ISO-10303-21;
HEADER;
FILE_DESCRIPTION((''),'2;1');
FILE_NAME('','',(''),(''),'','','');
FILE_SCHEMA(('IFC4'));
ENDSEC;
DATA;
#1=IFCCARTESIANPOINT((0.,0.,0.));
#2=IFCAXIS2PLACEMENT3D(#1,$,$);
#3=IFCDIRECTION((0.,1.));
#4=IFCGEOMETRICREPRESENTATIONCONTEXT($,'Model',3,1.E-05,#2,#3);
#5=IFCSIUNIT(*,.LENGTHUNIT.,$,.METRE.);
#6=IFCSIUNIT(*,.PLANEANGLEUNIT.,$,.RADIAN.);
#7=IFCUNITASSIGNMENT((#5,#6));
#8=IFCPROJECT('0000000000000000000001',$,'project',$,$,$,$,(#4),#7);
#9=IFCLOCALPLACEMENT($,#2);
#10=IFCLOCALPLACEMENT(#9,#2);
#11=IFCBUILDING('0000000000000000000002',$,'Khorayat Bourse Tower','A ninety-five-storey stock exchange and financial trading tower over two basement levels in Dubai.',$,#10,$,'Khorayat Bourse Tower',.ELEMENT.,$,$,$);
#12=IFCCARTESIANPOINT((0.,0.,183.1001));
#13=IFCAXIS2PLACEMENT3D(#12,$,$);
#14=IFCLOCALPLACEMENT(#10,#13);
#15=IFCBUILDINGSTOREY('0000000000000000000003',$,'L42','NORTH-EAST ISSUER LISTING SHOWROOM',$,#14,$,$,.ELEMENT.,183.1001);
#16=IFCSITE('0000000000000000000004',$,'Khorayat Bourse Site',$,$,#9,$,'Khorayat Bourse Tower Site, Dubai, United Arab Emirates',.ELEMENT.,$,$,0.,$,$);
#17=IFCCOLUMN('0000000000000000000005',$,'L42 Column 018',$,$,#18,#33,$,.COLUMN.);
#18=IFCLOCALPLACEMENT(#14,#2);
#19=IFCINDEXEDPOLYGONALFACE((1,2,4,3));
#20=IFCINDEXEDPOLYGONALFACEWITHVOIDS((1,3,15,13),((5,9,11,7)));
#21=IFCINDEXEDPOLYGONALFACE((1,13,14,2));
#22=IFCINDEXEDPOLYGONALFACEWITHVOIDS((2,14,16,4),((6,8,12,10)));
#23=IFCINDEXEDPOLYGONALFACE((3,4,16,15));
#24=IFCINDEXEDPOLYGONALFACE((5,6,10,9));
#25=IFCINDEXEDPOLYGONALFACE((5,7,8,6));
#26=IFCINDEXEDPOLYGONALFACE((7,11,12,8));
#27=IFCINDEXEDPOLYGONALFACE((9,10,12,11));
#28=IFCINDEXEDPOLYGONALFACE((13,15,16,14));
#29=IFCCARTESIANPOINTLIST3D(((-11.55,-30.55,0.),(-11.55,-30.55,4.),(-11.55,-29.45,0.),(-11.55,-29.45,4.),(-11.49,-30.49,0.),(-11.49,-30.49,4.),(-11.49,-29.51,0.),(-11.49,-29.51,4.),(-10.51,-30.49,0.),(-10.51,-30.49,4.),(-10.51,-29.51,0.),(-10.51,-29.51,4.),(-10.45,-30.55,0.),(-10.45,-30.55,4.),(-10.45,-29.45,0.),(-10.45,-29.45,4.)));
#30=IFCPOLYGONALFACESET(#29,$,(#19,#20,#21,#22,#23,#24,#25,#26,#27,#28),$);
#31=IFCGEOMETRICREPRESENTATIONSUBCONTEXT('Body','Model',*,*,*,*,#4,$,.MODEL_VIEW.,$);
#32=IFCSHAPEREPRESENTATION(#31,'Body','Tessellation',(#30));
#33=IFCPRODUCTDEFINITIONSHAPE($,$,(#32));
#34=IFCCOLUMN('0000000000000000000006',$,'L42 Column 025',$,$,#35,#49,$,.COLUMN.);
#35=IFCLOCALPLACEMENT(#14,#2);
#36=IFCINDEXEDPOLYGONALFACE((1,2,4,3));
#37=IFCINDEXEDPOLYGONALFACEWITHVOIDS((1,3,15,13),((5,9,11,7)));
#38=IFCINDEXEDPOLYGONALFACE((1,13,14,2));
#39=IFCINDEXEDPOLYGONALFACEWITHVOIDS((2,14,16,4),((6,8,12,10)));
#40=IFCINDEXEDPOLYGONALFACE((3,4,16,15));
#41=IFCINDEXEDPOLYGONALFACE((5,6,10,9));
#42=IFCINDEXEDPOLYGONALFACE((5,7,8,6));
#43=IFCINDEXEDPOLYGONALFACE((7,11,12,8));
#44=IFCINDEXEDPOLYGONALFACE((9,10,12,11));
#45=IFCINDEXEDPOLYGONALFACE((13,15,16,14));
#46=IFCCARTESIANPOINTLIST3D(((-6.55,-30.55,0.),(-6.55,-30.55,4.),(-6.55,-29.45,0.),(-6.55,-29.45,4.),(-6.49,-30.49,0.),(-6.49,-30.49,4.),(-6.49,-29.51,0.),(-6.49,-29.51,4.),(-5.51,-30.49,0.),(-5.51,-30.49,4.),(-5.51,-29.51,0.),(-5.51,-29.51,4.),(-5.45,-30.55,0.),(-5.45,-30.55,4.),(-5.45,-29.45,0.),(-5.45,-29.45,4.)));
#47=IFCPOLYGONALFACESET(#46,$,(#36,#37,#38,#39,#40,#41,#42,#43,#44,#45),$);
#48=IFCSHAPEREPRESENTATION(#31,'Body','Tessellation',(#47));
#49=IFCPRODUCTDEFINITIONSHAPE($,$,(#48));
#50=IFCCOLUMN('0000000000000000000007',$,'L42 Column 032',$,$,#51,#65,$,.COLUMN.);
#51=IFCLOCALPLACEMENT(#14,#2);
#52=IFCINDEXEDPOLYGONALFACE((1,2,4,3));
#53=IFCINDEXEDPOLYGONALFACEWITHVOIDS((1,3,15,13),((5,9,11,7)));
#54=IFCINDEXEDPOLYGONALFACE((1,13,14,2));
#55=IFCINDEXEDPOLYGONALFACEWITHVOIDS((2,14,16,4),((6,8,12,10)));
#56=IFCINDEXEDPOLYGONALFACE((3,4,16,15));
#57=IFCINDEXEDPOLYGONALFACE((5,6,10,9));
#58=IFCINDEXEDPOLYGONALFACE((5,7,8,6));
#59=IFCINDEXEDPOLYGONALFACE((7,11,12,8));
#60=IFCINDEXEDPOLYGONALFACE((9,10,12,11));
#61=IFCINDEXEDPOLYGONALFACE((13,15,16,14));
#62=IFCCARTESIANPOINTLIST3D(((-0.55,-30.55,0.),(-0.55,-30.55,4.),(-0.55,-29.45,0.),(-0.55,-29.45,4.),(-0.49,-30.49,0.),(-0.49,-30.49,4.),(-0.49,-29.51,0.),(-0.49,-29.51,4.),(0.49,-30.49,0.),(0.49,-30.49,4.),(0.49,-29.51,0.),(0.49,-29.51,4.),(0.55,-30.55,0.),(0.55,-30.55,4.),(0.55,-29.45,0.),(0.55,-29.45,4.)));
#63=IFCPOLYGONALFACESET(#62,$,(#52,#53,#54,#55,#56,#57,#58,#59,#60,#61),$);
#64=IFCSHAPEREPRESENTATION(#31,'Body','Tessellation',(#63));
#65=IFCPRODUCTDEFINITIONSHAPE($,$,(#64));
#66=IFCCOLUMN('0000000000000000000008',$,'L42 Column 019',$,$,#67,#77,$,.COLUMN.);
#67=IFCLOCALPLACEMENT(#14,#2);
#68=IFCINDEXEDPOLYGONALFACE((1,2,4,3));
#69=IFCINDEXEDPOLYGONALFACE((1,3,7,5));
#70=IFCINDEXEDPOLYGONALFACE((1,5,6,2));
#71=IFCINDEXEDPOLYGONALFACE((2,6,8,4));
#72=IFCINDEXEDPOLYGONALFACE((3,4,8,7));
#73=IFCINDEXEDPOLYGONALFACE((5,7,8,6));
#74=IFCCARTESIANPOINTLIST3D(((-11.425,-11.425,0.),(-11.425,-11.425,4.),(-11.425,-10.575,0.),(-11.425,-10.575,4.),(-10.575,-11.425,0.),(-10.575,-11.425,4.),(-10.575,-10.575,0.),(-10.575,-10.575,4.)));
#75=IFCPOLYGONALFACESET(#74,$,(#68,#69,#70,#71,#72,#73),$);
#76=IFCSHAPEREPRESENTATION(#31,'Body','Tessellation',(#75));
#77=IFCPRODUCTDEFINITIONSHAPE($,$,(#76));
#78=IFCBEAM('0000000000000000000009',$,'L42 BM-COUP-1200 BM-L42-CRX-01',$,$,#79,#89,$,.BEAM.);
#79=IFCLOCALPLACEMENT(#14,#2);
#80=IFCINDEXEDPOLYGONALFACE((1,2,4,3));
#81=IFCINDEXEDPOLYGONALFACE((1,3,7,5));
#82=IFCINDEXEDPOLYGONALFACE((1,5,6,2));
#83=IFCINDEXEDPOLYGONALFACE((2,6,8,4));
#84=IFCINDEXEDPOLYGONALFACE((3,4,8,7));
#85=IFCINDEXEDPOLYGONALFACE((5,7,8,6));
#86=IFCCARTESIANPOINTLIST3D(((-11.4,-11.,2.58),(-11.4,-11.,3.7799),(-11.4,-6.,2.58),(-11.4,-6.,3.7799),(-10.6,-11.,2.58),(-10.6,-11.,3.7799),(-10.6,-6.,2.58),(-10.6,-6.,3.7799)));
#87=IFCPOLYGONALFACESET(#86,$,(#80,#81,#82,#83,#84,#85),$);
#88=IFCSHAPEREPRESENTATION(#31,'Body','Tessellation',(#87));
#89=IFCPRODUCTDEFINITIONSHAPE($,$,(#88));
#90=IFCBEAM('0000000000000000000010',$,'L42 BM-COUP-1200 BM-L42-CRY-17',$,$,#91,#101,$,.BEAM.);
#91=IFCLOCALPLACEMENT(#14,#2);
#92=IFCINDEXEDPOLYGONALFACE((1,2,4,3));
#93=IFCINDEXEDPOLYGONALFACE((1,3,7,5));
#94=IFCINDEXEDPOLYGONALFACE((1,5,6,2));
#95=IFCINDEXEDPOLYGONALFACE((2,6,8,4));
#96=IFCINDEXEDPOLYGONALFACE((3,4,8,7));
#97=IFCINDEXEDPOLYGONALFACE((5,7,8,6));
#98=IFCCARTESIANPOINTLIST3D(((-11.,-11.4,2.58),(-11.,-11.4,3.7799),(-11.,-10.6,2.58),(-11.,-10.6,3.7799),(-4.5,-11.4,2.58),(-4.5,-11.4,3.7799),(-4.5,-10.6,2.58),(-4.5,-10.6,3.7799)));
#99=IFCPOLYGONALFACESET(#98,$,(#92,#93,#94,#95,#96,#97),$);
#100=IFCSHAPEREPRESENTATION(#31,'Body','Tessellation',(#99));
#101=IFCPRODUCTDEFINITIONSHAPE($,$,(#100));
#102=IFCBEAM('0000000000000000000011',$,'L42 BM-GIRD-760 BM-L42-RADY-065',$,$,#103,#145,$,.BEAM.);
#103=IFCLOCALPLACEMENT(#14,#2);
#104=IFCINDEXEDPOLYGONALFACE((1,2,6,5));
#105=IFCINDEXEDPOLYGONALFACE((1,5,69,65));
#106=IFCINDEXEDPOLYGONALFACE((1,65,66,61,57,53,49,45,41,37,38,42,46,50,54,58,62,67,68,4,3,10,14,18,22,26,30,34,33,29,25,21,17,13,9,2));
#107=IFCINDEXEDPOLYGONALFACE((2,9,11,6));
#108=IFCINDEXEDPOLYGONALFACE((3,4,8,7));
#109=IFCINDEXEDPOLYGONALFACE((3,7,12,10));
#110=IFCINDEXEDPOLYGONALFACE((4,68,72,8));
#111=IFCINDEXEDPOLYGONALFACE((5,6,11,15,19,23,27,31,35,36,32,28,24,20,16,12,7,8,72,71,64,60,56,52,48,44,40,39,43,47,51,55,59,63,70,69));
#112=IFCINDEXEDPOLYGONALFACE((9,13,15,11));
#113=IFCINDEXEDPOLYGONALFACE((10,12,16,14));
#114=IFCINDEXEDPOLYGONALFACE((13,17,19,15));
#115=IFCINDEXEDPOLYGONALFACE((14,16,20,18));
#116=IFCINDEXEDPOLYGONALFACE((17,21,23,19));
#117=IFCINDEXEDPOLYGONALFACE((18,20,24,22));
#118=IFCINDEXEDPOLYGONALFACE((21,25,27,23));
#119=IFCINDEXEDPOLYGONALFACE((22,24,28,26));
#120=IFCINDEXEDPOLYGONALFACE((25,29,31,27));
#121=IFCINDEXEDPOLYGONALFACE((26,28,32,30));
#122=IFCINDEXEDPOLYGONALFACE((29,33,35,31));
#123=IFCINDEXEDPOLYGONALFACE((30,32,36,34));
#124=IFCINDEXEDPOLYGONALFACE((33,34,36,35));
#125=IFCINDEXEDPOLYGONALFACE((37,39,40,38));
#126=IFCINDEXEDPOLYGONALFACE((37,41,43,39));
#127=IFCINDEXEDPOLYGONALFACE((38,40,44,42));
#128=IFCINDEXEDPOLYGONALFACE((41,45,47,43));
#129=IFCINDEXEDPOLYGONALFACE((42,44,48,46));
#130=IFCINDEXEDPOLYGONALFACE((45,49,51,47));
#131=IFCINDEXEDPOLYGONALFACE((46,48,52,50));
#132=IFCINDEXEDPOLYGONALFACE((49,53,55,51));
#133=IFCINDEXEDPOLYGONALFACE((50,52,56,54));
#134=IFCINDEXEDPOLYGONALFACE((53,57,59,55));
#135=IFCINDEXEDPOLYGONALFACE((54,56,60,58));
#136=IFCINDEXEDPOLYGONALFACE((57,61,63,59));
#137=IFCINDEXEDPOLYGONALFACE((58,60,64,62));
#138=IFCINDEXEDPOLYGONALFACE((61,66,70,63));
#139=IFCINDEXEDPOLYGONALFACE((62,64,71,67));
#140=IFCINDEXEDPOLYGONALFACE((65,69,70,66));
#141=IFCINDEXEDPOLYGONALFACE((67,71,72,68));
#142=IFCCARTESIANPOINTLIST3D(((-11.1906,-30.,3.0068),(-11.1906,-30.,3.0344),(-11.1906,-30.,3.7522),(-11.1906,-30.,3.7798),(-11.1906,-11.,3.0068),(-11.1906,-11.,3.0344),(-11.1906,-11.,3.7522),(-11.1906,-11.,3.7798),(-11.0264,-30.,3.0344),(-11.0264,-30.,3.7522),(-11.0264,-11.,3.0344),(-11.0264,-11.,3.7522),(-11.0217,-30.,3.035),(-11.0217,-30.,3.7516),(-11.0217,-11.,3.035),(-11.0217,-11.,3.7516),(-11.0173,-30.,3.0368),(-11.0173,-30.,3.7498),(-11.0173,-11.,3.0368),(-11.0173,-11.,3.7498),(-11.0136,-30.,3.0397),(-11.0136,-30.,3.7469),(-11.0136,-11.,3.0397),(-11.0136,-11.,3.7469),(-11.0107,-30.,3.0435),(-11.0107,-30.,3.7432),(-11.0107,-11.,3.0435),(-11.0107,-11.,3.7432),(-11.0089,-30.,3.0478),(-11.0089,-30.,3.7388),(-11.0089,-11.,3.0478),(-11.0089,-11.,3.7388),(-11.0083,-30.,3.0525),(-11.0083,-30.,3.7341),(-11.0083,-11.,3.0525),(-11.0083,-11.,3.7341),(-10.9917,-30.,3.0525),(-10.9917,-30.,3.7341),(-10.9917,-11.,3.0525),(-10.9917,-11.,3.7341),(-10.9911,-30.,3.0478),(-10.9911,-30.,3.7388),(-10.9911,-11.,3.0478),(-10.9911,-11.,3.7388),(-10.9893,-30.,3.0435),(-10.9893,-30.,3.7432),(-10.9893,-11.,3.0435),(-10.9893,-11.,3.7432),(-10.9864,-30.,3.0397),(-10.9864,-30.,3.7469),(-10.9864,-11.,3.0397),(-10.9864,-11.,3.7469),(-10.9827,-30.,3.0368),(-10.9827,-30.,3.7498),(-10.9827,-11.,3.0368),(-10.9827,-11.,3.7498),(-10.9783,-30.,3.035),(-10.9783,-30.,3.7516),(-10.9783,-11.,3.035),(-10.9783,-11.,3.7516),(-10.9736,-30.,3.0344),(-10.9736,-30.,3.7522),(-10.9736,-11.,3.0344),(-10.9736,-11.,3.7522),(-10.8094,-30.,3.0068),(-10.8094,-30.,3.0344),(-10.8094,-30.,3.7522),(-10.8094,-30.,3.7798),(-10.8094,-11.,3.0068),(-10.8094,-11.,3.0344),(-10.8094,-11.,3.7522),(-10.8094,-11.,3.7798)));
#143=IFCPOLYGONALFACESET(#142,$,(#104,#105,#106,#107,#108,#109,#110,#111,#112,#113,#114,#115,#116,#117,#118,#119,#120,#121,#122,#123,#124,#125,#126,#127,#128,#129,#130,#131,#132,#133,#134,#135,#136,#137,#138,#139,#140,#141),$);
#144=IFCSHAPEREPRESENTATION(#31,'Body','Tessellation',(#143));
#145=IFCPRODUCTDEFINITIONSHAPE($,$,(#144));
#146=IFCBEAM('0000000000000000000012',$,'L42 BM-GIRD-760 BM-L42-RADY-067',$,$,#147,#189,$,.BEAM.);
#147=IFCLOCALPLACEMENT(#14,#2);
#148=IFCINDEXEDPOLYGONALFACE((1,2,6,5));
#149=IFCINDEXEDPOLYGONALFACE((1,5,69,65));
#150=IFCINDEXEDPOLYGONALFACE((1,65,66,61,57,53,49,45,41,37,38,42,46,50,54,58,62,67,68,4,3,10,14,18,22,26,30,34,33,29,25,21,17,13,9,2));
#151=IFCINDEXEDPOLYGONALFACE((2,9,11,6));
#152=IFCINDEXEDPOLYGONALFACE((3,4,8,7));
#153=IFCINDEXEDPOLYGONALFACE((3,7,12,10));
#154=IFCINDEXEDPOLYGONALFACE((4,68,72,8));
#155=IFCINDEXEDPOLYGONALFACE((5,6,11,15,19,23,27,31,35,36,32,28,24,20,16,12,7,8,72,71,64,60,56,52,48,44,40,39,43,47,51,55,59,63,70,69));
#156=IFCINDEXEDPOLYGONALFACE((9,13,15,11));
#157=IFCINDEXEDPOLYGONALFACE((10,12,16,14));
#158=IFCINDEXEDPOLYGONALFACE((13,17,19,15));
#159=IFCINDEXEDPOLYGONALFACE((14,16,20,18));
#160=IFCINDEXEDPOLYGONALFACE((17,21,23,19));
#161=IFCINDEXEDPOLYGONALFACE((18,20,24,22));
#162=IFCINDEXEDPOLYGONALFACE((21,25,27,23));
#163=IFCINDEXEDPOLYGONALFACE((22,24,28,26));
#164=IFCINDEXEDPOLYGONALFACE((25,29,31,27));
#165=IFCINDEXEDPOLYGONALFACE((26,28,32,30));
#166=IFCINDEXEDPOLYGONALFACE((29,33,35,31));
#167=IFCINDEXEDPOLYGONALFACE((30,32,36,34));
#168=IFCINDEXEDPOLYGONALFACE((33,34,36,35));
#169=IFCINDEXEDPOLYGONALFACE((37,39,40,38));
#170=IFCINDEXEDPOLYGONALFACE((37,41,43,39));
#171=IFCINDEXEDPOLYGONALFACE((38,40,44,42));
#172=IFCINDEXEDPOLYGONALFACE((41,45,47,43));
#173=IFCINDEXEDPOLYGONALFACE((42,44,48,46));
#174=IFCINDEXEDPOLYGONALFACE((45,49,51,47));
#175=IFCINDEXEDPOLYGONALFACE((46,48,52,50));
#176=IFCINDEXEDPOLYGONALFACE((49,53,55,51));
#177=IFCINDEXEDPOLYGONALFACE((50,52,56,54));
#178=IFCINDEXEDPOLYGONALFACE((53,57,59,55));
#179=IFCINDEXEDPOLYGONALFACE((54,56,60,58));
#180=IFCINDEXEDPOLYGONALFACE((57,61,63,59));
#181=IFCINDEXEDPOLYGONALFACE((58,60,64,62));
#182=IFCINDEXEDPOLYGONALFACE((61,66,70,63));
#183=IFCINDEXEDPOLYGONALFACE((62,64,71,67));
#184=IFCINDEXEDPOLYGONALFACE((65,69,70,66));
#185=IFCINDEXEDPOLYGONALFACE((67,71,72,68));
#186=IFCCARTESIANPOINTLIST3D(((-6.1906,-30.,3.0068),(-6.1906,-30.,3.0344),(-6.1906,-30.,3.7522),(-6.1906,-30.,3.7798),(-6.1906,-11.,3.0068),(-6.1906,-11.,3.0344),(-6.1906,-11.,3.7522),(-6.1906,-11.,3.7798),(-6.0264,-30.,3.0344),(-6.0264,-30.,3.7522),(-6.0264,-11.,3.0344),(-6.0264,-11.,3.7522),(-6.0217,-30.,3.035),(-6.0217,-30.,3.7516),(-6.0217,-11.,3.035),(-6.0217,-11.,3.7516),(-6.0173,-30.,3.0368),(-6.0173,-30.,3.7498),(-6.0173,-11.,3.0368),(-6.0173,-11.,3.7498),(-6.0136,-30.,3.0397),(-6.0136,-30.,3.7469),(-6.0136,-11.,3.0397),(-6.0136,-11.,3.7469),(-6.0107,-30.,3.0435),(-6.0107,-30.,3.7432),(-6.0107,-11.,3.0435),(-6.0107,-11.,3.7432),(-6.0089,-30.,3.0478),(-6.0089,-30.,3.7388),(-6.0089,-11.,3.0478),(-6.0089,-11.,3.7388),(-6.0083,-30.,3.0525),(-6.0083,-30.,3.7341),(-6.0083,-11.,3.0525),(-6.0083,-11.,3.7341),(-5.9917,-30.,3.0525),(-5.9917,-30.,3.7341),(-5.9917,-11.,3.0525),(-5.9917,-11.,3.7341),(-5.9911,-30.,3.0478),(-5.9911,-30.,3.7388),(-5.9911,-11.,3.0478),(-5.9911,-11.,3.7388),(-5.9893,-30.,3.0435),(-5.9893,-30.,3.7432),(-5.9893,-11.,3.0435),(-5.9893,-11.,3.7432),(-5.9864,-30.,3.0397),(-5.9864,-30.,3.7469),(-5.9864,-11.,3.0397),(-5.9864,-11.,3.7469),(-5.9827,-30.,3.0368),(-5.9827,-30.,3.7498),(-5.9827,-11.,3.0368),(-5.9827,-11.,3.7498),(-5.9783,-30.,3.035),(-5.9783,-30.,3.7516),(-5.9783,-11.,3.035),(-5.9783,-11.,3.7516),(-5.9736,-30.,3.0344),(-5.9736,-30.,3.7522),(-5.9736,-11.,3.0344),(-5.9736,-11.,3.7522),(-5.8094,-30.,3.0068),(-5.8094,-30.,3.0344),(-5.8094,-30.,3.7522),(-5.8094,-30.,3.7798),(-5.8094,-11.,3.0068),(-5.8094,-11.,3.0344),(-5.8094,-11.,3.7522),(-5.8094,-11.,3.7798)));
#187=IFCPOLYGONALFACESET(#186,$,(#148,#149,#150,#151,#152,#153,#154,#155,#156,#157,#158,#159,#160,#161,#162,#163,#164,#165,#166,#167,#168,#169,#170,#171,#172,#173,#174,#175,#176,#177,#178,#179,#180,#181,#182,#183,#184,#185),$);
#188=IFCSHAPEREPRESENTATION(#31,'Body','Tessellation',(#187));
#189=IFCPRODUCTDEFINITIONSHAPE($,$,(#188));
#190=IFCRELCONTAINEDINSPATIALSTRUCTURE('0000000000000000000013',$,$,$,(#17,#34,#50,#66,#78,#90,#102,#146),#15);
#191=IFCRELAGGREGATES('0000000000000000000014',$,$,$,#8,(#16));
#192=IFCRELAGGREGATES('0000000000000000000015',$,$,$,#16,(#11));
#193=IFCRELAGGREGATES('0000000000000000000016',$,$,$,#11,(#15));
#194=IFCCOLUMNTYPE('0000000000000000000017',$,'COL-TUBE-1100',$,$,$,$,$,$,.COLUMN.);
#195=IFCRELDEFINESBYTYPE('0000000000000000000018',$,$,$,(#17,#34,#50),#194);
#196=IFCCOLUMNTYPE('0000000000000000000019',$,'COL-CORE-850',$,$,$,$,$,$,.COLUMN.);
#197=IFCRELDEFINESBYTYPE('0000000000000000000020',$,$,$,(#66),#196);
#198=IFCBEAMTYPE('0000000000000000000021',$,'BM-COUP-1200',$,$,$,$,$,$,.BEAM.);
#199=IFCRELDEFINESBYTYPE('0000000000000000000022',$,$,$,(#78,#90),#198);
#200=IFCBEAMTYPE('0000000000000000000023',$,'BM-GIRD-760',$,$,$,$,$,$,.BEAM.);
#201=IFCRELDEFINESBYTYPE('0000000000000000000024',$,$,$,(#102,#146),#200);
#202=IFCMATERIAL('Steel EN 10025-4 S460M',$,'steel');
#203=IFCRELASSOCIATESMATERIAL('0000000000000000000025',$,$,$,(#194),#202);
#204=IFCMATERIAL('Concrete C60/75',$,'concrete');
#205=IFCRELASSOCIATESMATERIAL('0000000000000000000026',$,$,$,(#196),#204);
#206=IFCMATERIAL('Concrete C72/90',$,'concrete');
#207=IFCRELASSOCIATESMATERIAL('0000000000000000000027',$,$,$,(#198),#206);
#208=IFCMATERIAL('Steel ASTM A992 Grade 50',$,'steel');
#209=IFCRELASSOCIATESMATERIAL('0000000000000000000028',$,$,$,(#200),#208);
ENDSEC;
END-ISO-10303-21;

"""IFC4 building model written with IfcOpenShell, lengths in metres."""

from ifc_helpers import new_model, si_unit, direction, frame, origin, origin_2d, place, context, subcontext, project, spatial, rectangle, hollow_rectangle, i_section, extrude, source, transform, mapped, material, material_profile, profile_set, type_object, element, save


model = new_model("IFC4")

# Units and contexts
model_context = context("Model", 3, precision=1e-05, world=origin(), true_north=direction((0.0, 1.0)))
body_context = subcontext(model_context, "Body", "Model", "MODEL_VIEW")
ifc_project = project(units=[si_unit("LENGTHUNIT", "METRE"), si_unit("PLANEANGLEUNIT", "RADIAN")], contexts=[model_context])

# Site, building, storey
site_placement = place(None, origin())
site = spatial("IfcSite", under=ifc_project, at=site_placement, Name="Khorayat Bourse Site", LongName="Khorayat Bourse Tower Site, Dubai, United Arab Emirates", CompositionType="ELEMENT", RefElevation=0.0)
building_placement = place(site_placement, origin())
building = spatial("IfcBuilding", under=site, at=building_placement, Name="Khorayat Bourse Tower", Description="A ninety-five-storey stock exchange and financial trading tower over two basement levels in Dubai.", LongName="Khorayat Bourse Tower", CompositionType="ELEMENT")
storey_placement = place(building_placement, frame((0.0, 0.0, 183.1001)))
storey = spatial("IfcBuildingStorey", under=building, at=storey_placement, Name="L42", Description="NORTH-EAST ISSUER LISTING SHOWROOM", CompositionType="ELEMENT", Elevation=183.1001)

# Columns
ifc_material_1 = material(Name="Steel EN 10025-4 S460M", Category="steel")
ifc_material_profile_1 = material_profile(ifc_material_1, hollow_rectangle(XDim=1.1001, YDim=1.1001, WallThickness=0.0601, at=origin_2d()), Name="BOX 1100x1100x60")
ifc_profile_set_1 = profile_set([ifc_material_profile_1], Name="Steel EN 10025-4 S460M")
column_type_1 = type_object("IfcColumnType", Name="COL-TUBE-1100", PredefinedType="COLUMN", material=ifc_profile_set_1)
shared_shape_1 = source(origin(), body_context, "Body", "SweptSolid", [
    extrude(hollow_rectangle(XDim=1.1001, YDim=1.1001, WallThickness=0.0601, at=origin_2d()), origin(), (0.0, 0.0, 1.0), 4.0),
])
for number, where, z_axis, x_axis, name in (
    (1, (-11.0, -30.0, 0.0), (0.0, 0.0, 1.0), (1.0, 0.0, 0.0), "L42 Column 018"),
    (2, (-6.0, -30.0, 0.0), (0.0, 0.0, 1.0), (1.0, 0.0, 0.0), "L42 Column 025"),
    (3, (0.0, -30.0, 0.0), (0.0, 0.0, 1.0), (1.0, 0.0, 0.0), "L42 Column 032"),
):
    element("IfcColumn", number, at=place(storey_placement, frame(where, z_axis=z_axis, x_axis=x_axis)), inside=storey, type_object=column_type_1, Name=name, PredefinedType="COLUMN", context=body_context, shape_type="MappedRepresentation", body=[
        mapped(shared_shape_1, transform((0.0, 0.0, 0.0), scale=1.0)),
    ])
ifc_material_2 = material(Name="Concrete C60/75", Category="concrete")
ifc_material_profile_2 = material_profile(ifc_material_2, rectangle(XDim=0.8501, YDim=0.8501, at=origin_2d()), Name="RC 850x850")
ifc_profile_set_2 = profile_set([ifc_material_profile_2], Name="Concrete C60/75")
column_type_2 = type_object("IfcColumnType", Name="COL-CORE-850", PredefinedType="COLUMN", material=ifc_profile_set_2)
shared_shape_2 = source(origin(), body_context, "Body", "SweptSolid", [
    extrude(rectangle(XDim=0.8501, YDim=0.8501, at=origin_2d()), origin(), (0.0, 0.0, 1.0), 4.0),
])
column_placement = place(storey_placement, frame((-11.0, -11.0, 0.0), z_axis=(0.0, 0.0, 1.0), x_axis=(1.0, 0.0, 0.0)))
element("IfcColumn", 4, at=column_placement, inside=storey, type_object=column_type_2, Name="L42 Column 019", PredefinedType="COLUMN", context=body_context, shape_type="MappedRepresentation", body=[
    mapped(shared_shape_2, transform((0.0, 0.0, 0.0), scale=1.0)),
])

# Beams
ifc_material_3 = material(Name="Concrete C72/90", Category="concrete")
ifc_material_profile_3 = material_profile(ifc_material_3, rectangle(XDim=0.8, YDim=1.2, at=origin_2d()), Name="RC 800x1200")
ifc_profile_set_3 = profile_set([ifc_material_profile_3], Name="Concrete C72/90")
beam_type_1 = type_object("IfcBeamType", Name="BM-COUP-1200", PredefinedType="BEAM", material=ifc_profile_set_3)
shared_shape_3 = source(origin(), body_context, "Body", "SweptSolid", [
    extrude(rectangle(XDim=0.8, YDim=1.2, at=origin_2d()), origin(), (0.0, 0.0, 1.0), 5.0),
])
beam_1_placement = place(storey_placement, frame((-11.0, -11.0, 3.1799), z_axis=(0.0, 1.0, 0.0), x_axis=(-1.0, 0.0, 0.0)))
element("IfcBeam", 5, at=beam_1_placement, inside=storey, type_object=beam_type_1, Name="L42 BM-COUP-1200 BM-L42-CRX-01", PredefinedType="BEAM", context=body_context, shape_type="MappedRepresentation", body=[
    mapped(shared_shape_3, transform((0.0, 0.0, 0.0), scale=1.0)),
])
shared_shape_4 = source(origin(), body_context, "Body", "SweptSolid", [
    extrude(rectangle(XDim=0.8, YDim=1.2, at=origin_2d()), origin(), (0.0, 0.0, 1.0), 6.5),
])
beam_2_placement = place(storey_placement, frame((-11.0, -11.0, 3.1799), z_axis=(1.0, 0.0, 0.0), x_axis=(0.0, 1.0, 0.0)))
element("IfcBeam", 6, at=beam_2_placement, inside=storey, type_object=beam_type_1, Name="L42 BM-COUP-1200 BM-L42-CRY-17", PredefinedType="BEAM", context=body_context, shape_type="MappedRepresentation", body=[
    mapped(shared_shape_4, transform((0.0, 0.0, 0.0), scale=1.0)),
])
ifc_material_4 = material(Name="Steel ASTM A992 Grade 50", Category="steel")
ifc_material_profile_4 = material_profile(ifc_material_4, i_section(OverallWidth=0.3811, OverallDepth=0.7729, WebThickness=0.0166, FlangeThickness=0.0276, FilletRadius=0.0181, at=origin_2d()), Name="W760X257")
ifc_profile_set_4 = profile_set([ifc_material_profile_4], Name="Steel ASTM A992 Grade 50")
beam_type_2 = type_object("IfcBeamType", Name="BM-GIRD-760", PredefinedType="BEAM", material=ifc_profile_set_4)
shared_shape_5 = source(origin(), body_context, "Body", "SweptSolid", [
    extrude(i_section(OverallWidth=0.3811, OverallDepth=0.7729, WebThickness=0.0166, FlangeThickness=0.0276, FilletRadius=0.0181, at=origin_2d()), origin(), (0.0, 0.0, 1.0), 19.0),
])
for number, where, z_axis, x_axis, name in (
    (7, (-11.0, -30.0, 3.3933), (0.0, 1.0, 0.0), (-1.0, 0.0, 0.0), "L42 BM-GIRD-760 BM-L42-RADY-065"),
    (8, (-6.0, -30.0, 3.3933), (0.0, 1.0, 0.0), (-1.0, 0.0, 0.0), "L42 BM-GIRD-760 BM-L42-RADY-067"),
):
    element("IfcBeam", number, at=place(storey_placement, frame(where, z_axis=z_axis, x_axis=x_axis)), inside=storey, type_object=beam_type_2, Name=name, PredefinedType="BEAM", context=body_context, shape_type="MappedRepresentation", body=[
        mapped(shared_shape_5, transform((0.0, 0.0, 0.0), scale=1.0)),
    ])

save(model, "model.ifc")
